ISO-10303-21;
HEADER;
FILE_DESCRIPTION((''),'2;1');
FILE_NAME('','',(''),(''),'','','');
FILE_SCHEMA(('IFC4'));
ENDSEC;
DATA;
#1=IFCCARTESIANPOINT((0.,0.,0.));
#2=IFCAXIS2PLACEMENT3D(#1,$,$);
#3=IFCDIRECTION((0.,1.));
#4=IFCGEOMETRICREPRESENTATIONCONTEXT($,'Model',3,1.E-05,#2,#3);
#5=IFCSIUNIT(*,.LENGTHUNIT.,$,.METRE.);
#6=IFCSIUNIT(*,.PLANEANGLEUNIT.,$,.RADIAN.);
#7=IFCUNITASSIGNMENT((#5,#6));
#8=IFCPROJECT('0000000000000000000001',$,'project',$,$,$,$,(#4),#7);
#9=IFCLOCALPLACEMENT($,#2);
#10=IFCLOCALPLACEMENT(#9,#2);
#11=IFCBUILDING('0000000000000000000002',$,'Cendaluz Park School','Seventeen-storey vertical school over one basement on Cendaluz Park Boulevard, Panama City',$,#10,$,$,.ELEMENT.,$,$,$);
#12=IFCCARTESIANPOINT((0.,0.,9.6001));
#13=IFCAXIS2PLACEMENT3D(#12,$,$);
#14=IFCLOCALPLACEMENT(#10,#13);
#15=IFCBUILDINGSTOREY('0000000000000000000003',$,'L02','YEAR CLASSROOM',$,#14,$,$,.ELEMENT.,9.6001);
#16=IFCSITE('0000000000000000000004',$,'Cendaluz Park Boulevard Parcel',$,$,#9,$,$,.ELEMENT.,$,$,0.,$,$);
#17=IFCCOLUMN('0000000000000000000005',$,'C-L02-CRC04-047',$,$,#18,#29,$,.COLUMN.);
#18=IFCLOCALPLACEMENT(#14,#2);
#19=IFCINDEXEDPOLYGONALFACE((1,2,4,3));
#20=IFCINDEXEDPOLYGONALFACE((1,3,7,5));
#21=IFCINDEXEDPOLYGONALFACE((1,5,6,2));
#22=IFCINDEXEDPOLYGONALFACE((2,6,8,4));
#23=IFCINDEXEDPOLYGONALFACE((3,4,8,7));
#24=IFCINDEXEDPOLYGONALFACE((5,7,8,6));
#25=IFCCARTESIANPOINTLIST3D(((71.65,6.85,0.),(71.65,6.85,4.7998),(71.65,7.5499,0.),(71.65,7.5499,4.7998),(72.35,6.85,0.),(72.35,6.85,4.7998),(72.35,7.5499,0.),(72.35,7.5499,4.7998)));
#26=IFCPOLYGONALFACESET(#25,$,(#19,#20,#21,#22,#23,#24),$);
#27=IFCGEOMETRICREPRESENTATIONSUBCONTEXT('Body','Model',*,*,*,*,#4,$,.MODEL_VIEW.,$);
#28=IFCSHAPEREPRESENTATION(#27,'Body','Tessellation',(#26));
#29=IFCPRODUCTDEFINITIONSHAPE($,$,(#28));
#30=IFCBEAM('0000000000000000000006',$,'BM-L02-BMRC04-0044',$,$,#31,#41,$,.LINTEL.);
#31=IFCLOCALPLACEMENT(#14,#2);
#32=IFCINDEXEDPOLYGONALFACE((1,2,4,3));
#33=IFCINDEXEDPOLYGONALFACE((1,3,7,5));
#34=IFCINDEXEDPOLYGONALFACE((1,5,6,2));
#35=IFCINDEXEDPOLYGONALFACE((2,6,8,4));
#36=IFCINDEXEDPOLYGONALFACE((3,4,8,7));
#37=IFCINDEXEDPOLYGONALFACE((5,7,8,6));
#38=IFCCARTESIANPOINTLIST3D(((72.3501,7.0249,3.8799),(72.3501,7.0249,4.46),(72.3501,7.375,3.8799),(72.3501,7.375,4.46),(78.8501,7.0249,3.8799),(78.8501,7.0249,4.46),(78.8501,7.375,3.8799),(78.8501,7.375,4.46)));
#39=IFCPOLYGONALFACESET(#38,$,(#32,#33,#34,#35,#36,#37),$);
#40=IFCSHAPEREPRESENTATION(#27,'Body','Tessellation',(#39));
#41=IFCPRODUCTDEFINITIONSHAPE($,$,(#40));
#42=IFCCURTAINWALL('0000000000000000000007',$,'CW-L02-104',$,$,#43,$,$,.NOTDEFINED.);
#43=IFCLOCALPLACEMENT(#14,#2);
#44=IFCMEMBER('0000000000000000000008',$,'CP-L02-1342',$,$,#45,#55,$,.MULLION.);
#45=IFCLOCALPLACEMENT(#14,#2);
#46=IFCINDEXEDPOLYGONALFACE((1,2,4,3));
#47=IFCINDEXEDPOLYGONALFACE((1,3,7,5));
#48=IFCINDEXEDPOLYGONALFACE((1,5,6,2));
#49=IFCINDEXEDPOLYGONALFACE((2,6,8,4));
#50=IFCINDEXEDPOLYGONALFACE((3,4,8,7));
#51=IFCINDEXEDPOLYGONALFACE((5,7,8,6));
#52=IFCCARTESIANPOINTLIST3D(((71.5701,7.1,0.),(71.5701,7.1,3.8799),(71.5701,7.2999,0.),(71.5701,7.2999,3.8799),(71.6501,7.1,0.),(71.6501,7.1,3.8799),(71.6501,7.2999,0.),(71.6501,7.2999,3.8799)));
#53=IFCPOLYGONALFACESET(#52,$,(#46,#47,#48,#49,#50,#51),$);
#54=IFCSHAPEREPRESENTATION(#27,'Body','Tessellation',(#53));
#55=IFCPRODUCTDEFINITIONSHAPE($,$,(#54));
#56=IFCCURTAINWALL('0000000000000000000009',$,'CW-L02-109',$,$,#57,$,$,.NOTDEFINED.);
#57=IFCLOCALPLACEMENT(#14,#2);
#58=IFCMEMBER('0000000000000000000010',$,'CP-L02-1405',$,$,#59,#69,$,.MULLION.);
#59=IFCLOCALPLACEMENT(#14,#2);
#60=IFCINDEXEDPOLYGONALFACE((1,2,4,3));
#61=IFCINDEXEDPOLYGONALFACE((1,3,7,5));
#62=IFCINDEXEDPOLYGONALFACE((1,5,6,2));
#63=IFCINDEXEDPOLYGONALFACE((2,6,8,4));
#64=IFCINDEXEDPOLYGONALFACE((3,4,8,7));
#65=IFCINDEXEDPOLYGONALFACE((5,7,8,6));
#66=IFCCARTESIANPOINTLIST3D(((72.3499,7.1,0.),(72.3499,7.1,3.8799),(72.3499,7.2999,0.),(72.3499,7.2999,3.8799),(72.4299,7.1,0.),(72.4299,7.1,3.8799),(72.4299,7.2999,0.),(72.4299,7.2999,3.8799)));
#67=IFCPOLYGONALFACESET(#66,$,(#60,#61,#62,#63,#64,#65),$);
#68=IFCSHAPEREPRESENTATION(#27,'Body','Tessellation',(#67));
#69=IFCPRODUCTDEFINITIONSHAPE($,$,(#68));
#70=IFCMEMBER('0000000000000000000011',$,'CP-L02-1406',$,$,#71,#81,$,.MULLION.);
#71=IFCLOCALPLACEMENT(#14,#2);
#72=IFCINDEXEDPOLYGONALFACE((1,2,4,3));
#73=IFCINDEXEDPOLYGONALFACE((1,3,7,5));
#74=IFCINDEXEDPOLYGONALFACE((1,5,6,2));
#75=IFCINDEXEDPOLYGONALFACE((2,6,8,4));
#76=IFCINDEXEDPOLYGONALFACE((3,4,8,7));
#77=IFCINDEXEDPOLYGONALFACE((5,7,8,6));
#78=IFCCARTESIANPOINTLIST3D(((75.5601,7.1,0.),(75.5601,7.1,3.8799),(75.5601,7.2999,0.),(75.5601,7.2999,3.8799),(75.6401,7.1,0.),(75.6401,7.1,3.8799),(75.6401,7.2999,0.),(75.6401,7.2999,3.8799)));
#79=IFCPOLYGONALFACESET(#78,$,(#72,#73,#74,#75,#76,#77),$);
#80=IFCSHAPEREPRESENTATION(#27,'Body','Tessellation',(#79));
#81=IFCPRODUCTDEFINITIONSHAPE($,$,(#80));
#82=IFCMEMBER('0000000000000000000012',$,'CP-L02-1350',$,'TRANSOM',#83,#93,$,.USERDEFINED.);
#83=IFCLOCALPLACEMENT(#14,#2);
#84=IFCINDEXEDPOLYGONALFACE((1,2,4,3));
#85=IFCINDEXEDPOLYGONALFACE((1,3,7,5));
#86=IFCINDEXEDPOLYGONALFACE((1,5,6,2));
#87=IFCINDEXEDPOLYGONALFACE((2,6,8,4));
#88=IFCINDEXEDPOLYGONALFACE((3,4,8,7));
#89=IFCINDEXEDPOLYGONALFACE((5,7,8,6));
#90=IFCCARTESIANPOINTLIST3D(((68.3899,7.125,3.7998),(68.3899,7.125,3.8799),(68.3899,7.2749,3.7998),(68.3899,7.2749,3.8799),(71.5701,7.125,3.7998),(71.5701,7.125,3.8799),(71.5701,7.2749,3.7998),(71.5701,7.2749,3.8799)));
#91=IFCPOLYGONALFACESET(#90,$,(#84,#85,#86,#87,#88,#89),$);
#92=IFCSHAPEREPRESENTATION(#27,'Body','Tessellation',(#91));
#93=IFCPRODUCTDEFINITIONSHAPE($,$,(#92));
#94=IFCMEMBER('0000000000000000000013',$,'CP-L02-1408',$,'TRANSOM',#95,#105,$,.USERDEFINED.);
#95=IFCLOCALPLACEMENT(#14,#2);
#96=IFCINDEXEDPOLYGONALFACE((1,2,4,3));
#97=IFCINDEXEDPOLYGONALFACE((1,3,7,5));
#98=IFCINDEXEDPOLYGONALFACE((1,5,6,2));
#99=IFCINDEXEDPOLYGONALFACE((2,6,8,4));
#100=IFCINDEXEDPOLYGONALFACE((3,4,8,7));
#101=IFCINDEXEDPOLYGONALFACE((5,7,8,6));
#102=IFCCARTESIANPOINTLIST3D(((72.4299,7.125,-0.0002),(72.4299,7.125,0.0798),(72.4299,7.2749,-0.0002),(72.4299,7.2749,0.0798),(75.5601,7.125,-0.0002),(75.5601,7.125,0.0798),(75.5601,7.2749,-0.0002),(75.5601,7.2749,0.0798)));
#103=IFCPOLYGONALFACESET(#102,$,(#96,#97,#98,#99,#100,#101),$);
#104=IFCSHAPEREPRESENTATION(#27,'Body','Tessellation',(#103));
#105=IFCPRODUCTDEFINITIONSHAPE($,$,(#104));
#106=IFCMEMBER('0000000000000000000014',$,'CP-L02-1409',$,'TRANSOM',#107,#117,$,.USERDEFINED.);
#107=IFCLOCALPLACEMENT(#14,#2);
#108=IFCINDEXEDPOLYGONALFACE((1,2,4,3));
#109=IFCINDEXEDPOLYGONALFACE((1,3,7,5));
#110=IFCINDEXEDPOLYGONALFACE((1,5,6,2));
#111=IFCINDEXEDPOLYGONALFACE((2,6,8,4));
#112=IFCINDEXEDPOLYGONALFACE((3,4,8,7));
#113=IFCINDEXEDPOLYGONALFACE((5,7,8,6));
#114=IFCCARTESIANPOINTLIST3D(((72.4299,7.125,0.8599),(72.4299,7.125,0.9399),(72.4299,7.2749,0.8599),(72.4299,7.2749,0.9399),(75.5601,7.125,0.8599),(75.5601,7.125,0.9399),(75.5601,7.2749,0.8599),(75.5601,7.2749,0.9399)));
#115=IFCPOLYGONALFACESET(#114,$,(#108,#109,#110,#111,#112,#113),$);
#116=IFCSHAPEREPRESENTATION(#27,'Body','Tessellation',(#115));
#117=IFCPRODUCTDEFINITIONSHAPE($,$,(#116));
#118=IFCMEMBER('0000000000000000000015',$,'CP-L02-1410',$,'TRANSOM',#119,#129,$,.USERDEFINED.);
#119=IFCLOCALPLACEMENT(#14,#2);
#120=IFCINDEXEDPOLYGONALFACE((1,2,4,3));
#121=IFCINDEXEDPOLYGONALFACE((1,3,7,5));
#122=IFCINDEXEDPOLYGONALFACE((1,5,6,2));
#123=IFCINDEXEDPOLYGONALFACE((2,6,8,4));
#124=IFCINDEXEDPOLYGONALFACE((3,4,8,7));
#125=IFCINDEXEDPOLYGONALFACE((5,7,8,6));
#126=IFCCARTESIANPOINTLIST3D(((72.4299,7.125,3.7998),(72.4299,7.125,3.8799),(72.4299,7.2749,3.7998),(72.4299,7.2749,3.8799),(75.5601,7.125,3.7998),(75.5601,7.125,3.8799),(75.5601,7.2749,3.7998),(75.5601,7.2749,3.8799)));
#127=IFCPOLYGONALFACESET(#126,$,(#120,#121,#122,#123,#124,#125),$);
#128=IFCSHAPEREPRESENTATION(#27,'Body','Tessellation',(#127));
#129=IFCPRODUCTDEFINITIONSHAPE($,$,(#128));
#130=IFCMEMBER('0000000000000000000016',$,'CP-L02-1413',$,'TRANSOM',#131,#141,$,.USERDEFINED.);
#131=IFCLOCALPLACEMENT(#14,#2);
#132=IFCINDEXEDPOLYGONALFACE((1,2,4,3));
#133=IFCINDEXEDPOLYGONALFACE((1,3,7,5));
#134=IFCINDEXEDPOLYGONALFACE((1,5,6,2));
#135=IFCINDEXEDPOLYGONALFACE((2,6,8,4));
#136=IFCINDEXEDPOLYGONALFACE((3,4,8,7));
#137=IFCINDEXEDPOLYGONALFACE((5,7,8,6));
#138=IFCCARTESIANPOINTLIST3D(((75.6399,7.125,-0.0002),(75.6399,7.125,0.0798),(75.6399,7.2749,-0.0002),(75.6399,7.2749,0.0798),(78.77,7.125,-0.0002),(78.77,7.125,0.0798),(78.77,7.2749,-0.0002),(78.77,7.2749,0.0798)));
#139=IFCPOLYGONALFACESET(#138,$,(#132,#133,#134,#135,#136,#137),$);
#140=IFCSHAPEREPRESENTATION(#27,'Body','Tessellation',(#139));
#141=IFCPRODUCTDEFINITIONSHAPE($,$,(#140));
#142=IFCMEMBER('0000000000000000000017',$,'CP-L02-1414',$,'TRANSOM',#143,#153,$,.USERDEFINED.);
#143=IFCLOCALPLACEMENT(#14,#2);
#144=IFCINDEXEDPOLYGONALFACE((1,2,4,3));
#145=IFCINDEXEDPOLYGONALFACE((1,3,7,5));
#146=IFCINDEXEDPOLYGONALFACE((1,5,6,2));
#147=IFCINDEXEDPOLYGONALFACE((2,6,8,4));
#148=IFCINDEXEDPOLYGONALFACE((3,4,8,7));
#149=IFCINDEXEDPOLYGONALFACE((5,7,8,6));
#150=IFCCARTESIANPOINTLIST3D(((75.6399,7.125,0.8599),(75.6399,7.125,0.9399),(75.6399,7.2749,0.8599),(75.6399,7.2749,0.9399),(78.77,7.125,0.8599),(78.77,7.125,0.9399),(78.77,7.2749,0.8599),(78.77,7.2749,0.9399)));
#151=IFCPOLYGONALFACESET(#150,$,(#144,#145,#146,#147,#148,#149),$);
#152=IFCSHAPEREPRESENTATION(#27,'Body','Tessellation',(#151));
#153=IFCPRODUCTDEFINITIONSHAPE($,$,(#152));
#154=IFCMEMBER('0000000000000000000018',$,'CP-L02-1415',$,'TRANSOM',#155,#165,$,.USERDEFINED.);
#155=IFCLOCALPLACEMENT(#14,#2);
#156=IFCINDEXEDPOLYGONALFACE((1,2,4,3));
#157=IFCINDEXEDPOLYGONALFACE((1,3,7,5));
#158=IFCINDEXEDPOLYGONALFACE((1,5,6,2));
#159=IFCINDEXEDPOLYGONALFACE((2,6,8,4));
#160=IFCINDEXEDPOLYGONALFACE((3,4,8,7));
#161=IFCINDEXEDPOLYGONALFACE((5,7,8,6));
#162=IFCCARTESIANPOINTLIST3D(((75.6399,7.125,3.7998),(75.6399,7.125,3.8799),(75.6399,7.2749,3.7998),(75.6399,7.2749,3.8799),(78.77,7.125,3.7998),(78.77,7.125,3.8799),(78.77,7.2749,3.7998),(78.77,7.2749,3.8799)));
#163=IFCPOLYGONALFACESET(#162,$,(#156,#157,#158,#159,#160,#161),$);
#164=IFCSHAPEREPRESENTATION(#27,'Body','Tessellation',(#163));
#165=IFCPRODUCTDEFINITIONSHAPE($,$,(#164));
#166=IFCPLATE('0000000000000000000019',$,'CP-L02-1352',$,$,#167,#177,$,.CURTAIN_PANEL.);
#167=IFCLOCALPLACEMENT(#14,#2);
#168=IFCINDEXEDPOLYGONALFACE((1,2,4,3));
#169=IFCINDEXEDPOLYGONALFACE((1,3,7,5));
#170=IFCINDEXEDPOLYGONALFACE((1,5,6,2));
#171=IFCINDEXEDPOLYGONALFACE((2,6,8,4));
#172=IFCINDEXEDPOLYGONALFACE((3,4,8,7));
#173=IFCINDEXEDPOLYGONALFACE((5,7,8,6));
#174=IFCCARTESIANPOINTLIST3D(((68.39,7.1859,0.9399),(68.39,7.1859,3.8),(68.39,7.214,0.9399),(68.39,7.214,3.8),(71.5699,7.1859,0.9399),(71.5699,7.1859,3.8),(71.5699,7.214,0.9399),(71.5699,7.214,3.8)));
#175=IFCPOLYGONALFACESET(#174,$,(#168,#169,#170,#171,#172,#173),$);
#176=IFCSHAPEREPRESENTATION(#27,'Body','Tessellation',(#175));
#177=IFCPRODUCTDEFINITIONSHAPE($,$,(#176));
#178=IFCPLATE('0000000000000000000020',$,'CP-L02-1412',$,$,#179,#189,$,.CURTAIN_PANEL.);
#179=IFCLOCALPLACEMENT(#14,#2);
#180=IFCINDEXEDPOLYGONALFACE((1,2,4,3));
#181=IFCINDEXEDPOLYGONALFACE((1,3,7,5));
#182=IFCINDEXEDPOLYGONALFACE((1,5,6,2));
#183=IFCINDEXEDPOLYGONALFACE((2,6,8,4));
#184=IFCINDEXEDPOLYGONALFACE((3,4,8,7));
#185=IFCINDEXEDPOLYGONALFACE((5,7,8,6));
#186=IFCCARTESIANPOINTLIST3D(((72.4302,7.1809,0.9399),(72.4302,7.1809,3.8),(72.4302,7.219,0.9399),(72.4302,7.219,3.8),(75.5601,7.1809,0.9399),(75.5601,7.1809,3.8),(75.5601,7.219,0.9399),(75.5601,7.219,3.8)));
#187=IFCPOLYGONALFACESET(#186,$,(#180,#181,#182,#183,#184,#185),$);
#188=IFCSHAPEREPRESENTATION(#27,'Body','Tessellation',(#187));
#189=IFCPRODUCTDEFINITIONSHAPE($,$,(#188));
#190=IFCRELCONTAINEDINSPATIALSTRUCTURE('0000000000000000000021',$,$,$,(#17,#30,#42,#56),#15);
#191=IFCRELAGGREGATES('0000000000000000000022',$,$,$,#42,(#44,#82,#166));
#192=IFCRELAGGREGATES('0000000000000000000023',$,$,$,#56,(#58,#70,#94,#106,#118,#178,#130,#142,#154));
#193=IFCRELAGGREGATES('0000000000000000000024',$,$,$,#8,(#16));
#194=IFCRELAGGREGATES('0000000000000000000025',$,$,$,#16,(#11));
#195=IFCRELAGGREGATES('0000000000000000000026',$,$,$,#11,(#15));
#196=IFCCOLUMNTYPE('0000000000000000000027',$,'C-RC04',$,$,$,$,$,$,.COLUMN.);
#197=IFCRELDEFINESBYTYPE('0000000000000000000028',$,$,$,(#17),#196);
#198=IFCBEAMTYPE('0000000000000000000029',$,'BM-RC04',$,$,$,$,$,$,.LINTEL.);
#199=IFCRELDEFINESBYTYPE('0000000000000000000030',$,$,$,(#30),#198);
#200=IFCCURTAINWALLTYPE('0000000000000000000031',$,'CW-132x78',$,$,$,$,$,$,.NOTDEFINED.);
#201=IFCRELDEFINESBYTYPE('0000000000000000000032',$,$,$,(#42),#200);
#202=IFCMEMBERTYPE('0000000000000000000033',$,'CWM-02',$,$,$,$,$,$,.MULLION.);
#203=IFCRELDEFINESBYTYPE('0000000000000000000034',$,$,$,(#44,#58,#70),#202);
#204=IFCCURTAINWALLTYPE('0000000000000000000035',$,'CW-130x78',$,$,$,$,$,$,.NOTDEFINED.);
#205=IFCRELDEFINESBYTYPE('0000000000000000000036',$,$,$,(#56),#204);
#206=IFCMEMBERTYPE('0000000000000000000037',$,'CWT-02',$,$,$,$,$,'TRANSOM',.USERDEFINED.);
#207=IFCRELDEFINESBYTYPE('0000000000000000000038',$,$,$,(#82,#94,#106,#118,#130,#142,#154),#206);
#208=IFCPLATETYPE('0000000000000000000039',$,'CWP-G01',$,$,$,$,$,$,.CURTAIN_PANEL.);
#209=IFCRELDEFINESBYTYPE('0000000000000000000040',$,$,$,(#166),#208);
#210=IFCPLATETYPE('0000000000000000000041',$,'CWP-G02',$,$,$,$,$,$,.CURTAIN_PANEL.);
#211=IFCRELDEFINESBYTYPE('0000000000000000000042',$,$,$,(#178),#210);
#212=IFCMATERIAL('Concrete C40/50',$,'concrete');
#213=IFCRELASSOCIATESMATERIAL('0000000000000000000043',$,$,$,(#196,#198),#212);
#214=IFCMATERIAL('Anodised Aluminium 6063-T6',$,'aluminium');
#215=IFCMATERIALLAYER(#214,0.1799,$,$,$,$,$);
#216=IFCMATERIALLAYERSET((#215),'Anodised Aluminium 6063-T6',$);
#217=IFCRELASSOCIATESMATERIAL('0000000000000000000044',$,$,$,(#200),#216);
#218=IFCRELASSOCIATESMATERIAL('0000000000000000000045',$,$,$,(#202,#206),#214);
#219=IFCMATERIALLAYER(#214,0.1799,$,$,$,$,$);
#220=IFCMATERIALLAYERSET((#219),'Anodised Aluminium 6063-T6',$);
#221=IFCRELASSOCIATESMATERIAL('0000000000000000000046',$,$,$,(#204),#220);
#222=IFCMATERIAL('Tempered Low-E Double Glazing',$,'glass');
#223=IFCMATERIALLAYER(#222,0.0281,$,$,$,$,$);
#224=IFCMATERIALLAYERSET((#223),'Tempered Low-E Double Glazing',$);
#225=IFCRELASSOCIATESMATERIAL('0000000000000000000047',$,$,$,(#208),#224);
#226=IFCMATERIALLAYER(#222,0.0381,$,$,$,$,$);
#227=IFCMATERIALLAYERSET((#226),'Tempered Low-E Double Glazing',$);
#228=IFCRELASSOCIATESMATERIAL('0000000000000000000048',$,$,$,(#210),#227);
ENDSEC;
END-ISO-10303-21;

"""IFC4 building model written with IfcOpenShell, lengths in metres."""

from ifc_helpers import new_model, si_unit, direction, frame, origin, origin_2d, place, context, subcontext, project, spatial, rectangle, extrude, material, layer, layer_set, material_profile, profile_set, type_object, element, aggregate, save


model = new_model("IFC4")

# Units and contexts
model_context = context("Model", 3, precision=1e-05, world=origin(), true_north=direction((0.0, 1.0)))
body_context = subcontext(model_context, "Body", "Model", "MODEL_VIEW")
ifc_project = project(units=[si_unit("LENGTHUNIT", "METRE"), si_unit("PLANEANGLEUNIT", "RADIAN")], contexts=[model_context])

# Site, building, storey
site_placement = place(None, origin())
site = spatial("IfcSite", under=ifc_project, at=site_placement, Name="Cendaluz Park Boulevard Parcel", CompositionType="ELEMENT", RefElevation=0.0)
building_placement = place(site_placement, origin())
building = spatial("IfcBuilding", under=site, at=building_placement, Name="Cendaluz Park School", Description="Seventeen-storey vertical school over one basement on Cendaluz Park Boulevard, Panama City", CompositionType="ELEMENT")
storey_placement = place(building_placement, frame((0.0, 0.0, 9.6001)))
storey = spatial("IfcBuildingStorey", under=building, at=storey_placement, Name="L02", Description="YEAR CLASSROOM", CompositionType="ELEMENT", Elevation=9.6001)

# Column
ifc_material_1 = material(Name="Concrete C40/50", Category="concrete")
ifc_material_profile_1 = material_profile(ifc_material_1, rectangle(XDim=0.7, YDim=0.7, at=origin_2d()), Name="RC 700x700", Category="concrete")
ifc_profile_set_1 = profile_set([ifc_material_profile_1], Name="Concrete C40/50")
column_type = type_object("IfcColumnType", Name="C-RC04", PredefinedType="COLUMN", material=ifc_profile_set_1)
column_placement = place(storey_placement, frame((72.0, 7.2, 0.0), z_axis=(0.0, 0.0, 1.0), x_axis=(1.0, 0.0, 0.0)))
element("IfcColumn", 1, at=column_placement, inside=storey, type_object=column_type, Name="C-L02-CRC04-047", PredefinedType="COLUMN", context=body_context, shape_type="SweptSolid", body=[
    extrude(rectangle(XDim=0.7, YDim=0.7, at=origin_2d()), origin(), (0.0, 0.0, 1.0), 4.7998),
])

# Beam
ifc_material_profile_2 = material_profile(ifc_material_1, rectangle(XDim=0.3501, YDim=0.5801, at=origin_2d()), Name="RC 350x580", Category="concrete")
ifc_profile_set_2 = profile_set([ifc_material_profile_2], Name="Concrete C40/50")
beam_type = type_object("IfcBeamType", Name="BM-RC04", PredefinedType="LINTEL", material=ifc_profile_set_2)
beam_placement = place(storey_placement, frame((72.3501, 7.2, 4.1699), z_axis=(1.0, 0.0, 0.0), x_axis=(0.0, 1.0, 0.0)))
element("IfcBeam", 2, at=beam_placement, inside=storey, type_object=beam_type, Name="BM-L02-BMRC04-0044", PredefinedType="LINTEL", context=body_context, shape_type="SweptSolid", body=[
    extrude(rectangle(XDim=0.3501, YDim=0.5801, at=origin_2d()), origin(), (0.0, 0.0, 1.0), 6.5),
])

# Curtain wall, member
ifc_material_2 = material(Name="Anodised Aluminium 6063-T6", Category="aluminium")
ifc_layer_1 = layer(ifc_material_2, 0.1799)
ifc_layer_set_1 = layer_set([ifc_layer_1], Name="Anodised Aluminium 6063-T6")
curtain_wall_type_1 = type_object("IfcCurtainWallType", Name="CW-132x78", PredefinedType="NOTDEFINED", material=ifc_layer_set_1)
curtain_wall_1_placement = place(storey_placement, origin())
curtain_wall_1 = element("IfcCurtainWall", 3, at=curtain_wall_1_placement, inside=storey, type_object=curtain_wall_type_1, Name="CW-L02-104", PredefinedType="NOTDEFINED")
ifc_material_profile_3 = material_profile(ifc_material_2, rectangle(XDim=0.2, YDim=0.0801, at=origin_2d()), Name="CWM 200x80", Category="aluminium")
ifc_profile_set_3 = profile_set([ifc_material_profile_3], Name="Anodised Aluminium 6063-T6")
member_type_1 = type_object("IfcMemberType", Name="CWM-02", PredefinedType="MULLION", material=ifc_profile_set_3)
member_1_placement = place(storey_placement, frame((71.6101, 7.2, 0.0), z_axis=(0.0, 0.0, 1.0), x_axis=(0.0, 1.0, 0.0)))
member_1 = element("IfcMember", 4, at=member_1_placement, type_object=member_type_1, Name="CP-L02-1342", PredefinedType="MULLION", context=body_context, shape_type="SweptSolid", body=[
    extrude(rectangle(XDim=0.2, YDim=0.0801, at=origin_2d()), origin(), (0.0, 0.0, 1.0), 3.8799),
])

# Curtain wall, members
ifc_layer_2 = layer(ifc_material_2, 0.1799)
ifc_layer_set_2 = layer_set([ifc_layer_2], Name="Anodised Aluminium 6063-T6")
curtain_wall_type_2 = type_object("IfcCurtainWallType", Name="CW-130x78", PredefinedType="NOTDEFINED", material=ifc_layer_set_2)
curtain_wall_2_placement = place(storey_placement, origin())
curtain_wall_2 = element("IfcCurtainWall", 5, at=curtain_wall_2_placement, inside=storey, type_object=curtain_wall_type_2, Name="CW-L02-109", PredefinedType="NOTDEFINED")
member_2_placement = place(storey_placement, frame((72.3899, 7.2, 0.0), z_axis=(0.0, 0.0, 1.0), x_axis=(0.0, 1.0, 0.0)))
member_2 = element("IfcMember", 6, at=member_2_placement, type_object=member_type_1, Name="CP-L02-1405", PredefinedType="MULLION", context=body_context, shape_type="SweptSolid", body=[
    extrude(rectangle(XDim=0.2, YDim=0.0801, at=origin_2d()), origin(), (0.0, 0.0, 1.0), 3.8799),
])
member_3_placement = place(storey_placement, frame((75.6001, 7.2, 0.0), z_axis=(0.0, 0.0, 1.0), x_axis=(0.0, 1.0, 0.0)))
member_3 = element("IfcMember", 7, at=member_3_placement, type_object=member_type_1, Name="CP-L02-1406", PredefinedType="MULLION", context=body_context, shape_type="SweptSolid", body=[
    extrude(rectangle(XDim=0.2, YDim=0.0801, at=origin_2d()), origin(), (0.0, 0.0, 1.0), 3.8799),
])

# Members
ifc_material_profile_4 = material_profile(ifc_material_2, rectangle(XDim=0.1499, YDim=0.0801, at=origin_2d()), Name="CWT 150x80", Category="aluminium")
ifc_profile_set_4 = profile_set([ifc_material_profile_4], Name="Anodised Aluminium 6063-T6")
member_type_2 = type_object("IfcMemberType", Name="CWT-02", ElementType="TRANSOM", PredefinedType="USERDEFINED", material=ifc_profile_set_4)
member_4_placement = place(storey_placement, frame((68.3899, 7.2, 3.8398), z_axis=(1.0, 0.0, 0.0), x_axis=(0.0, 1.0, 0.0)))
member_4 = element("IfcMember", 8, at=member_4_placement, type_object=member_type_2, Name="CP-L02-1350", ObjectType="TRANSOM", PredefinedType="USERDEFINED", context=body_context, shape_type="SweptSolid", body=[
    extrude(rectangle(XDim=0.1499, YDim=0.0801, at=origin_2d()), origin(), (0.0, 0.0, 1.0), 3.1802),
])
member_5_placement = place(storey_placement, frame((72.4299, 7.2, 0.0398), z_axis=(1.0, 0.0, 0.0), x_axis=(0.0, 1.0, 0.0)))
member_5 = element("IfcMember", 9, at=member_5_placement, type_object=member_type_2, Name="CP-L02-1408", ObjectType="TRANSOM", PredefinedType="USERDEFINED", context=body_context, shape_type="SweptSolid", body=[
    extrude(rectangle(XDim=0.1499, YDim=0.0801, at=origin_2d()), origin(), (0.0, 0.0, 1.0), 3.1301),
])
member_6_placement = place(storey_placement, frame((72.4299, 7.2, 0.8999), z_axis=(1.0, 0.0, 0.0), x_axis=(0.0, 1.0, 0.0)))
member_6 = element("IfcMember", 10, at=member_6_placement, type_object=member_type_2, Name="CP-L02-1409", ObjectType="TRANSOM", PredefinedType="USERDEFINED", context=body_context, shape_type="SweptSolid", body=[
    extrude(rectangle(XDim=0.1499, YDim=0.0801, at=origin_2d()), origin(), (0.0, 0.0, 1.0), 3.1301),
])
member_7_placement = place(storey_placement, frame((72.4299, 7.2, 3.8398), z_axis=(1.0, 0.0, 0.0), x_axis=(0.0, 1.0, 0.0)))
member_7 = element("IfcMember", 11, at=member_7_placement, type_object=member_type_2, Name="CP-L02-1410", ObjectType="TRANSOM", PredefinedType="USERDEFINED", context=body_context, shape_type="SweptSolid", body=[
    extrude(rectangle(XDim=0.1499, YDim=0.0801, at=origin_2d()), origin(), (0.0, 0.0, 1.0), 3.1301),
])
member_8_placement = place(storey_placement, frame((75.6399, 7.2, 0.0398), z_axis=(1.0, 0.0, 0.0), x_axis=(0.0, 1.0, 0.0)))
member_8 = element("IfcMember", 12, at=member_8_placement, type_object=member_type_2, Name="CP-L02-1413", ObjectType="TRANSOM", PredefinedType="USERDEFINED", context=body_context, shape_type="SweptSolid", body=[
    extrude(rectangle(XDim=0.1499, YDim=0.0801, at=origin_2d()), origin(), (0.0, 0.0, 1.0), 3.1301),
])
member_9_placement = place(storey_placement, frame((75.6399, 7.2, 0.8999), z_axis=(1.0, 0.0, 0.0), x_axis=(0.0, 1.0, 0.0)))
member_9 = element("IfcMember", 13, at=member_9_placement, type_object=member_type_2, Name="CP-L02-1414", ObjectType="TRANSOM", PredefinedType="USERDEFINED", context=body_context, shape_type="SweptSolid", body=[
    extrude(rectangle(XDim=0.1499, YDim=0.0801, at=origin_2d()), origin(), (0.0, 0.0, 1.0), 3.1301),
])
member_10_placement = place(storey_placement, frame((75.6399, 7.2, 3.8398), z_axis=(1.0, 0.0, 0.0), x_axis=(0.0, 1.0, 0.0)))
member_10 = element("IfcMember", 14, at=member_10_placement, type_object=member_type_2, Name="CP-L02-1415", ObjectType="TRANSOM", PredefinedType="USERDEFINED", context=body_context, shape_type="SweptSolid", body=[
    extrude(rectangle(XDim=0.1499, YDim=0.0801, at=origin_2d()), origin(), (0.0, 0.0, 1.0), 3.1301),
])

# Plates
ifc_material_3 = material(Name="Tempered Low-E Double Glazing", Category="glass")
ifc_layer_3 = layer(ifc_material_3, 0.0281)
ifc_layer_set_3 = layer_set([ifc_layer_3], Name="Tempered Low-E Double Glazing")
plate_type_1 = type_object("IfcPlateType", Name="CWP-G01", PredefinedType="CURTAIN_PANEL", material=ifc_layer_set_3)
plate_1_placement = place(storey_placement, frame((69.98, 7.2, 0.9399), z_axis=(0.0, 0.0, 1.0), x_axis=(1.0, 0.0, 0.0)))
plate_1 = element("IfcPlate", 15, at=plate_1_placement, type_object=plate_type_1, Name="CP-L02-1352", PredefinedType="CURTAIN_PANEL", context=body_context, shape_type="SweptSolid", body=[
    extrude(rectangle(XDim=3.1799, YDim=0.0281, at=origin_2d()), origin(), (0.0, 0.0, 1.0), 2.8601),
])
ifc_layer_4 = layer(ifc_material_3, 0.0381)
ifc_layer_set_4 = layer_set([ifc_layer_4], Name="Tempered Low-E Double Glazing")
plate_type_2 = type_object("IfcPlateType", Name="CWP-G02", PredefinedType="CURTAIN_PANEL", material=ifc_layer_set_4)
plate_2_placement = place(storey_placement, frame((73.9951, 7.2, 0.9399), z_axis=(0.0, 0.0, 1.0), x_axis=(1.0, 0.0, 0.0)))
plate_2 = element("IfcPlate", 16, at=plate_2_placement, type_object=plate_type_2, Name="CP-L02-1412", PredefinedType="CURTAIN_PANEL", context=body_context, shape_type="SweptSolid", body=[
    extrude(rectangle(XDim=3.1299, YDim=0.0381, at=origin_2d()), origin(), (0.0, 0.0, 1.0), 2.8601),
])
aggregate(curtain_wall_1, [member_1, member_4, plate_1])
aggregate(curtain_wall_2, [member_2, member_3, member_5, member_6, member_7, plate_2, member_8, member_9, member_10])

save(model, "model.ifc")
